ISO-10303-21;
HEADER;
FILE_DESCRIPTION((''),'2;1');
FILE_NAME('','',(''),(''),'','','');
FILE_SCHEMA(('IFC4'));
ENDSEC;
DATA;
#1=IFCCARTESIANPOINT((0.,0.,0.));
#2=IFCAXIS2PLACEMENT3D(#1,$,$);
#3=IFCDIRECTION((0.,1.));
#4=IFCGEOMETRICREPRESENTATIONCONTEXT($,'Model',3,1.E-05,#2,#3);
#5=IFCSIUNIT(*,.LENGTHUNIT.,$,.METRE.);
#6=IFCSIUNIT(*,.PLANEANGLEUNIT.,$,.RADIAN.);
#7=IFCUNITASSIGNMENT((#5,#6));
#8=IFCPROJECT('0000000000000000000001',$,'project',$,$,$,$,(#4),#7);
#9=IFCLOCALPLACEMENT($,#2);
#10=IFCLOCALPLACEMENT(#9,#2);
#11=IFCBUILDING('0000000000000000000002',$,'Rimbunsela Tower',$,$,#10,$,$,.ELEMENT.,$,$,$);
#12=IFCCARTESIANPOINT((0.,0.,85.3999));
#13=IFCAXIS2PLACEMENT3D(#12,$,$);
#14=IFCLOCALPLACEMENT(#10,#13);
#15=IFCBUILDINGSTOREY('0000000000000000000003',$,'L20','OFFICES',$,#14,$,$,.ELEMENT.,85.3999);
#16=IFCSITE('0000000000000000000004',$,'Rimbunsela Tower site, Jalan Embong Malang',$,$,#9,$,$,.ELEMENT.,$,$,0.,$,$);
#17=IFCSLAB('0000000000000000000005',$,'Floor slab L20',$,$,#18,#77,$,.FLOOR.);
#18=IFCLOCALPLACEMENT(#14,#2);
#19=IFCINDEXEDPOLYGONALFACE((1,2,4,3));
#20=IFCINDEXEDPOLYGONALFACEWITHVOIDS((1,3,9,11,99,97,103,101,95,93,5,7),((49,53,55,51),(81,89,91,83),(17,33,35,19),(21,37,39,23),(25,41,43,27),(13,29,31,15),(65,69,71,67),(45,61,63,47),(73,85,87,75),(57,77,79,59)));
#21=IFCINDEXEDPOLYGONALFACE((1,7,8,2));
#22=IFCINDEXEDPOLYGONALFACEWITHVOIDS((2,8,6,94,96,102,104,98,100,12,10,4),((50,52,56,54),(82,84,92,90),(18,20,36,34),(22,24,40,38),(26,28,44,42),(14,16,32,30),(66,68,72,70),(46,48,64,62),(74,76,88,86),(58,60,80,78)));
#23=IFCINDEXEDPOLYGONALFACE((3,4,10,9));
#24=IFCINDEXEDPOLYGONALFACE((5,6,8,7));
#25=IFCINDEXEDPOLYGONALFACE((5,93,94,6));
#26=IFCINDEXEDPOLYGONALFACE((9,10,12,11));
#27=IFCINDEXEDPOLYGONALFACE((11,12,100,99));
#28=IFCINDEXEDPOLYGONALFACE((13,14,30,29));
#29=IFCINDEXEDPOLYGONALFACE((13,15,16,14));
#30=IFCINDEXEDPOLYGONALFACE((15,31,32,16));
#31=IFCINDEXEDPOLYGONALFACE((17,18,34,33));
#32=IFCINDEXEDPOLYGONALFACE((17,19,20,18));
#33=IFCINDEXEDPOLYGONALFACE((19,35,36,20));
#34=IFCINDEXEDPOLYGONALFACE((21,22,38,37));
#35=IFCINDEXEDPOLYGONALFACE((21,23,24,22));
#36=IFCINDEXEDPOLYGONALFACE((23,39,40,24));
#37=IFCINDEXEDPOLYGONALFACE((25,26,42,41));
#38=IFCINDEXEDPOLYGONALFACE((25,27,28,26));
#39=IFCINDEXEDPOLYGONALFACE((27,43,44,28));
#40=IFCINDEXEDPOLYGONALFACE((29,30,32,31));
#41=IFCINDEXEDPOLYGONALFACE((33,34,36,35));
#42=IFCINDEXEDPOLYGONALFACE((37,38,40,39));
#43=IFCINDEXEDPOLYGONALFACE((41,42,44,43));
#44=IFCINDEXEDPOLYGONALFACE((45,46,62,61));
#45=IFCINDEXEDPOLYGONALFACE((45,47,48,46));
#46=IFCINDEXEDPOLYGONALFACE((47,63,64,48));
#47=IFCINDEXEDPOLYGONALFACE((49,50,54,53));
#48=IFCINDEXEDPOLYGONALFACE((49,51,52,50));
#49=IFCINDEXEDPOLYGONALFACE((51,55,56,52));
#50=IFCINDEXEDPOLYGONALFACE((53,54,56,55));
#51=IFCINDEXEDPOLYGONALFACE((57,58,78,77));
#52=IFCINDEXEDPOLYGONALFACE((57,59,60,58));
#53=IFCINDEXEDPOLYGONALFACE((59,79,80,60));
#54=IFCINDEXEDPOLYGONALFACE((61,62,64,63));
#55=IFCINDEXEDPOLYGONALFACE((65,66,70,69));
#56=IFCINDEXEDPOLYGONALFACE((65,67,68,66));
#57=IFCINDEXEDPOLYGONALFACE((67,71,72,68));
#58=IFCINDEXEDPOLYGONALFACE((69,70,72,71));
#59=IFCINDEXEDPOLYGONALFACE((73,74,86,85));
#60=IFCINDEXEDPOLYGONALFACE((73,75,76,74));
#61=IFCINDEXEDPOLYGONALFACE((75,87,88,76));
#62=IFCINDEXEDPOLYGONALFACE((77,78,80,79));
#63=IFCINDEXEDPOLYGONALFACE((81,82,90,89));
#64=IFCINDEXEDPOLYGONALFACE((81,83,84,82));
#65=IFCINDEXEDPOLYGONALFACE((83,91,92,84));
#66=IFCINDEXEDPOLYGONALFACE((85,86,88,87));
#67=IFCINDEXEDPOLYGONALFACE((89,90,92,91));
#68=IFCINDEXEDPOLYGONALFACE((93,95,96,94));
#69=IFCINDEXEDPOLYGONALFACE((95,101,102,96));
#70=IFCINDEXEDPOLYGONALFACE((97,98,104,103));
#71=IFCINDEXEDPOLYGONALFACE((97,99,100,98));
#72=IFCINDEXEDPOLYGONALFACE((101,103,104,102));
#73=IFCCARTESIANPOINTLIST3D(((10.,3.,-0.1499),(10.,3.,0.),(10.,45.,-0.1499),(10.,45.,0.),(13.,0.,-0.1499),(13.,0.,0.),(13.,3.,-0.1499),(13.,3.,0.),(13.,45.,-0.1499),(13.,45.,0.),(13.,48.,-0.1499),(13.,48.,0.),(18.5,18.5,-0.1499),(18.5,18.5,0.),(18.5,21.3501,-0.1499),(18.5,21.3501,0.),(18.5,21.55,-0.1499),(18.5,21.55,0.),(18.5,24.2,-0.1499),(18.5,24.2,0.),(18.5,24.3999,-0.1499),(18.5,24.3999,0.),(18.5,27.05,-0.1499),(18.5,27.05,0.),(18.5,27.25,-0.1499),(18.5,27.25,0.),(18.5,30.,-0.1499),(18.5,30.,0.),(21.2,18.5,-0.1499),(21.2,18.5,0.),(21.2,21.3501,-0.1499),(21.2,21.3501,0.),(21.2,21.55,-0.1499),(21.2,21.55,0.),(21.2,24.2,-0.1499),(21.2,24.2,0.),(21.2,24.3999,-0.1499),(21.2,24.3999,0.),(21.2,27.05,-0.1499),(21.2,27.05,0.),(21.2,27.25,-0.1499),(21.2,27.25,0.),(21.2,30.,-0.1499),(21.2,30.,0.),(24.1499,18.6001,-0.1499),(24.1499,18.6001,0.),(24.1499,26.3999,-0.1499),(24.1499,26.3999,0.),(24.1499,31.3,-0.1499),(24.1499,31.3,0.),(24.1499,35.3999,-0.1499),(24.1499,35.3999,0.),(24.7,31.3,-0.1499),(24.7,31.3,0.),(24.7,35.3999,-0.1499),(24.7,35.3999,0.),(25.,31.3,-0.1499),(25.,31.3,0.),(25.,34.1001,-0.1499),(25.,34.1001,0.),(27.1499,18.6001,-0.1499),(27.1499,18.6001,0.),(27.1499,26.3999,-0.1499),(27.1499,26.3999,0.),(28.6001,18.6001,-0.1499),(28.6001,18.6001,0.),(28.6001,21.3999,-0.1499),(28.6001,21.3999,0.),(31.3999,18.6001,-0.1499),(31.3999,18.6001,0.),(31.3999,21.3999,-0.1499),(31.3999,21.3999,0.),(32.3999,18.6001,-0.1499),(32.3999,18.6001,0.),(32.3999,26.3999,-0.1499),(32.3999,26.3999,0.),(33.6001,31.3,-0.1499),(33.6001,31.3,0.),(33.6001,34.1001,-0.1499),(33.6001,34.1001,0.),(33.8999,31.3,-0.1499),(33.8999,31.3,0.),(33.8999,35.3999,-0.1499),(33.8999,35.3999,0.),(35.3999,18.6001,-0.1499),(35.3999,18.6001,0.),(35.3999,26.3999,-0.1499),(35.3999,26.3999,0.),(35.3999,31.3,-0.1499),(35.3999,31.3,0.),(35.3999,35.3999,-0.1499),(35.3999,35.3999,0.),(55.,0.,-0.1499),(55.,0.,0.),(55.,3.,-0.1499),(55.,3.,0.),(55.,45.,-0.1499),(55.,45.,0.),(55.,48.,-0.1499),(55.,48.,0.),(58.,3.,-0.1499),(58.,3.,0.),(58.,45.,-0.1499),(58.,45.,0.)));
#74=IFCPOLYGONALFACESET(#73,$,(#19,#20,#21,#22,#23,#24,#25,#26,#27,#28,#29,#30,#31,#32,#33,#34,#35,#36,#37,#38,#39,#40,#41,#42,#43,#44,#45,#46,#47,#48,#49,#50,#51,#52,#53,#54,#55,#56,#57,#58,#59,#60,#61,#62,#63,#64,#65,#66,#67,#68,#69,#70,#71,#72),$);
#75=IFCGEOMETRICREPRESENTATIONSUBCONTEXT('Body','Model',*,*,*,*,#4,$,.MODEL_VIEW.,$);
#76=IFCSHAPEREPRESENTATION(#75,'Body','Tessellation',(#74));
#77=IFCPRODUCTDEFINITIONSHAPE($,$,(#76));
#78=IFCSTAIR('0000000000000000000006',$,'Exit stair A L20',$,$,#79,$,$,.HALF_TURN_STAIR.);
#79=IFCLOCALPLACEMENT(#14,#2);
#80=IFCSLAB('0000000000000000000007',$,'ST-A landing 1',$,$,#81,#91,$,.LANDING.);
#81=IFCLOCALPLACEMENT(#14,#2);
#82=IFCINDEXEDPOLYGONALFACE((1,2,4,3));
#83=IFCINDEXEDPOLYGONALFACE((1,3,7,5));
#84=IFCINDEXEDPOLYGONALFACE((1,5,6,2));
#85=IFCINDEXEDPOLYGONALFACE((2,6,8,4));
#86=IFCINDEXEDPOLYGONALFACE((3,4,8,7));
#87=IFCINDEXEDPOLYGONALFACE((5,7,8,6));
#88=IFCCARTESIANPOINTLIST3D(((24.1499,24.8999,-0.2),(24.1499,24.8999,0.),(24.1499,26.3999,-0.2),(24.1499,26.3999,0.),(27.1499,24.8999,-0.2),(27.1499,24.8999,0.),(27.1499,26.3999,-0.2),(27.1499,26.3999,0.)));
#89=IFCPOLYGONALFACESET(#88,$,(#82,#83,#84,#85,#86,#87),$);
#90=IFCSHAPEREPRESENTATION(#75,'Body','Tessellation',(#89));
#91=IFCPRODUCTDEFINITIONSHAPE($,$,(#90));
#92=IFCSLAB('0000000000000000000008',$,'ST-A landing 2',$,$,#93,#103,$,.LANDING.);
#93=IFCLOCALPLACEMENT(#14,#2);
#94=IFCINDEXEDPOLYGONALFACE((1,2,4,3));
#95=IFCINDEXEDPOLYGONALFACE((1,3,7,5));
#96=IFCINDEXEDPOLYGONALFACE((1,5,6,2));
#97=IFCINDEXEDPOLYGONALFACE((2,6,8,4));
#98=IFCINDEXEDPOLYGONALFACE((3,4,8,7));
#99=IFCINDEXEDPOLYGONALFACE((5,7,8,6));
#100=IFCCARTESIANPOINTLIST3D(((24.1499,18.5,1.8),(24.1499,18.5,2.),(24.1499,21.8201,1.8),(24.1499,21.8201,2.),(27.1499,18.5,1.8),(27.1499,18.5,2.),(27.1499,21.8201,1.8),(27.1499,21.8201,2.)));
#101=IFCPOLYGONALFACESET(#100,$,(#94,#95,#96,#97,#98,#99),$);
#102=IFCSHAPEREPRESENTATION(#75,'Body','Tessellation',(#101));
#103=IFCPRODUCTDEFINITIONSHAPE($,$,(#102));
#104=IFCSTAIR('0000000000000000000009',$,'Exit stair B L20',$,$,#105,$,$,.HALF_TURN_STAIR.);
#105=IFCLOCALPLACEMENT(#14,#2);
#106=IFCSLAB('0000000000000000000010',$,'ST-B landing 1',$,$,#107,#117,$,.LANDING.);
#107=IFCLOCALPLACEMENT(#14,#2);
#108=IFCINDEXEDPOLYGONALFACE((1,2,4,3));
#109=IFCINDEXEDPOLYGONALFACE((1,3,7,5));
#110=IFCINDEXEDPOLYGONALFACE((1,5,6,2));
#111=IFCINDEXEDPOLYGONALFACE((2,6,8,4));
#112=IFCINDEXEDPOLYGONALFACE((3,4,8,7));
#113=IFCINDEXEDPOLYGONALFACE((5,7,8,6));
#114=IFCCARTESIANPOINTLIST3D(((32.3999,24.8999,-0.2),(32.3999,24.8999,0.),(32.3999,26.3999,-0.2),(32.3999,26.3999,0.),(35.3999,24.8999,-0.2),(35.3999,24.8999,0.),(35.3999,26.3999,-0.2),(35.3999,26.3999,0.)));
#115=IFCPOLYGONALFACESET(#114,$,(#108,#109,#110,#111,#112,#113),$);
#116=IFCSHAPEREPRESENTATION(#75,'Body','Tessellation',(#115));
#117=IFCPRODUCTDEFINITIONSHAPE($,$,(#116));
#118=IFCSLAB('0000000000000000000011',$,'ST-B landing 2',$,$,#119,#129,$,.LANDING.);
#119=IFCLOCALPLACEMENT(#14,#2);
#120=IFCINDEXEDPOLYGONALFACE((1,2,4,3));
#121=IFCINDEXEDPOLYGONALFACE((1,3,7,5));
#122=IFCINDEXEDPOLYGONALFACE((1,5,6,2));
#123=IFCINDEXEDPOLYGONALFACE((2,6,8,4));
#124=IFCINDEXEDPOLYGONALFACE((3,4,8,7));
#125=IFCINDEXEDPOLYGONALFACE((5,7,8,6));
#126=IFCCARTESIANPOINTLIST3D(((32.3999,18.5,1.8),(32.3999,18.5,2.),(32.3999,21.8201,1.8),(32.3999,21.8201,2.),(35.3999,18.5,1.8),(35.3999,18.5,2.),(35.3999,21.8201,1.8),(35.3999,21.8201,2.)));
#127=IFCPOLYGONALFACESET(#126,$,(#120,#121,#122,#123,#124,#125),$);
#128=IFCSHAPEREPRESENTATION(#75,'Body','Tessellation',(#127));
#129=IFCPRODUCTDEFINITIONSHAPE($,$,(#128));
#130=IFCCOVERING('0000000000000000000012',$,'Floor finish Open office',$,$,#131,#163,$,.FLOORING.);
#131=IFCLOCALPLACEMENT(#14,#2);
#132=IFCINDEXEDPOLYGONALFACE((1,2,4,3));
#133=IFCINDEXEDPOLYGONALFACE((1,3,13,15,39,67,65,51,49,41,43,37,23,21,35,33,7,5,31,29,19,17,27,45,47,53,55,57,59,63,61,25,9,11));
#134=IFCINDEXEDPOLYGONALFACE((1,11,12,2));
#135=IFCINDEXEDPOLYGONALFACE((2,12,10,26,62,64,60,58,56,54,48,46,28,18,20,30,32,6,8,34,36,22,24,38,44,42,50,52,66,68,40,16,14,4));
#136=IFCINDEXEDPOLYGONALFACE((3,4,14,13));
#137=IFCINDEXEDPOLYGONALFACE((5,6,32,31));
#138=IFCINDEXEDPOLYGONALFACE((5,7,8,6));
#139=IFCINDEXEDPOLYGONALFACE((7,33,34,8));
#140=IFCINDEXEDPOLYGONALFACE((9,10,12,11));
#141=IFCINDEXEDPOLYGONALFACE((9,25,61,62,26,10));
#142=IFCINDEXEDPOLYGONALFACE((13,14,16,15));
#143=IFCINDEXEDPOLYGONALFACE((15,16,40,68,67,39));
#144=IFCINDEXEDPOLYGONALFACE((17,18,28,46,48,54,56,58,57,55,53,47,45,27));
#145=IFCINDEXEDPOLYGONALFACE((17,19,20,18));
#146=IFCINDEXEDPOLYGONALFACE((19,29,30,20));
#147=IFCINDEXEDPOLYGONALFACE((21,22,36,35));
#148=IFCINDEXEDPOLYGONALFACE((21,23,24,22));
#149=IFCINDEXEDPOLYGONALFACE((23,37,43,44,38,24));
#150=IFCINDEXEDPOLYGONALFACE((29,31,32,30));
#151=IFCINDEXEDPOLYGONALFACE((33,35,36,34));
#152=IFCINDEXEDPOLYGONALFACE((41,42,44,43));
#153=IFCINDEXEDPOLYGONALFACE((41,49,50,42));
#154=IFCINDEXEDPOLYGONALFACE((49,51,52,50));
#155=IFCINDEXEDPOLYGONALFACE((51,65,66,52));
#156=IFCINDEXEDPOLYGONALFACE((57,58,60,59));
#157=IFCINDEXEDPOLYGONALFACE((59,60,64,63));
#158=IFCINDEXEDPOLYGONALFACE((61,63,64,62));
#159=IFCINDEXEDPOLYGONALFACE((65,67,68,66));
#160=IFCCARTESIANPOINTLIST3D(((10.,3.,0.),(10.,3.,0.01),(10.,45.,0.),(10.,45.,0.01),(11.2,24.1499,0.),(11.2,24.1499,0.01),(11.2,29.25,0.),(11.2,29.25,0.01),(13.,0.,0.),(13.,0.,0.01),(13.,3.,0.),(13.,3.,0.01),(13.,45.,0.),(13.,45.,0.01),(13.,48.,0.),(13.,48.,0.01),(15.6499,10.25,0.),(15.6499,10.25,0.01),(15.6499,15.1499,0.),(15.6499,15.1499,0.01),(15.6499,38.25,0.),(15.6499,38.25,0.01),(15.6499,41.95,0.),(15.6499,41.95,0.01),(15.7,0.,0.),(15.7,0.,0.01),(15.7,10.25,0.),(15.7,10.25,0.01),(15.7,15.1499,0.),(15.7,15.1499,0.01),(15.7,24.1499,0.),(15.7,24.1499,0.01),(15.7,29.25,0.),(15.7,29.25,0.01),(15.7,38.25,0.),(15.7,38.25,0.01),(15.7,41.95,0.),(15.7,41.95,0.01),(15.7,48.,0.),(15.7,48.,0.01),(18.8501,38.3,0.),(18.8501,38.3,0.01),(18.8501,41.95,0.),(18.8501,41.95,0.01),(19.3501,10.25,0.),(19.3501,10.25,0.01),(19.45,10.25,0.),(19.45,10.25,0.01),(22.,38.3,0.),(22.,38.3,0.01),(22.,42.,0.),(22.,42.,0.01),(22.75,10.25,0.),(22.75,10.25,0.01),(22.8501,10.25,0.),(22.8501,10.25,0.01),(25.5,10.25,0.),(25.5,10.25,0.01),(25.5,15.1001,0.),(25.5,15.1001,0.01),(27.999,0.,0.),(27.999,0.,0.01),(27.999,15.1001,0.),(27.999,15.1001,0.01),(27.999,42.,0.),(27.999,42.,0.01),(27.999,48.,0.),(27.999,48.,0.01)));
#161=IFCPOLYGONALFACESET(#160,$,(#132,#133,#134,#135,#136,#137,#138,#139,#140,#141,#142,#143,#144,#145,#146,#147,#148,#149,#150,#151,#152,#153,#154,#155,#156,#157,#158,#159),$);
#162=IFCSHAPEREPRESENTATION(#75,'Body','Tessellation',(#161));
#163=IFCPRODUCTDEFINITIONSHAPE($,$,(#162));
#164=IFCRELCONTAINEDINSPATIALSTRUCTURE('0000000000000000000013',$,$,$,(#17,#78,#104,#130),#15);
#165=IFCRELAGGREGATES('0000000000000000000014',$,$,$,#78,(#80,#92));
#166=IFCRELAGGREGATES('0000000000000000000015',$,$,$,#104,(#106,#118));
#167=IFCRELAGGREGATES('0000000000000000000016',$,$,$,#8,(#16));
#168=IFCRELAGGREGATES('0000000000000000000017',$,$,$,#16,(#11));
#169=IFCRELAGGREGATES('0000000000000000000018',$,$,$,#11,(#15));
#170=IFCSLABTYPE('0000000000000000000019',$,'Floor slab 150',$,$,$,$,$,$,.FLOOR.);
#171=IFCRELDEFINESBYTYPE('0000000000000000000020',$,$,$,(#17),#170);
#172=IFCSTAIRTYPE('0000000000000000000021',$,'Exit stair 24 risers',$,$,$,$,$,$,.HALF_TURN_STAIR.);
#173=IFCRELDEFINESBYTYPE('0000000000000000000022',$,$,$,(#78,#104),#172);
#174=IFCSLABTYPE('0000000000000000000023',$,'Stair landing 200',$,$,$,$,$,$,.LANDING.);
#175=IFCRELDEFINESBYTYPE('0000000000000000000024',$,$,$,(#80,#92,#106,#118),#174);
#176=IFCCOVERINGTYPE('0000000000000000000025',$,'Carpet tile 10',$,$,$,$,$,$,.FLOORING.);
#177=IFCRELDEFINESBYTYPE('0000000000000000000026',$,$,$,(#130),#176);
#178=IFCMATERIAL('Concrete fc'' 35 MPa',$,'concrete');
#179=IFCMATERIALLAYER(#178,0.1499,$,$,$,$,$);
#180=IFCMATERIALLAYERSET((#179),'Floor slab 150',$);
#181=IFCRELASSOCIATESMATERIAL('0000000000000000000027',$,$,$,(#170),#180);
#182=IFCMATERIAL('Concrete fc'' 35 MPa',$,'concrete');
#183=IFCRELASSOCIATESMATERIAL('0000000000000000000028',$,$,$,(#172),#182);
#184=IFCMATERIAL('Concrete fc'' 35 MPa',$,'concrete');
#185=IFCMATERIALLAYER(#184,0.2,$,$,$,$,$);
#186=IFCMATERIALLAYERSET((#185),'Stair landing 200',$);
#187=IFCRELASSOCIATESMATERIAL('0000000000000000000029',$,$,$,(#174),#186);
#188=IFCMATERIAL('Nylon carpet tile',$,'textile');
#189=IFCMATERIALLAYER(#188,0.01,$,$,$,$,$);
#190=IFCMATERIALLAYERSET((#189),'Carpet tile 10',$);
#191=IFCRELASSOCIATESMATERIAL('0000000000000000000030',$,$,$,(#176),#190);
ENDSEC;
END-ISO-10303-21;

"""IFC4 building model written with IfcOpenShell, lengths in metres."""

from ifc_helpers import new_model, si_unit, direction, frame, origin, place, context, subcontext, project, spatial, polyline, outline, extrude, material, layer, layer_set, type_object, element, aggregate, save


model = new_model("IFC4")

# Units and contexts
model_context = context("Model", 3, precision=1e-05, world=origin(), true_north=direction((0.0, 1.0)))
body_context = subcontext(model_context, "Body", "Model", "MODEL_VIEW")
ifc_project = project(units=[si_unit("LENGTHUNIT", "METRE"), si_unit("PLANEANGLEUNIT", "RADIAN")], contexts=[model_context])

# Site, building, storey
site_placement = place(None, origin())
site = spatial("IfcSite", under=ifc_project, at=site_placement, Name="Rimbunsela Tower site, Jalan Embong Malang", CompositionType="ELEMENT", RefElevation=0.0)
building_placement = place(site_placement, origin())
building = spatial("IfcBuilding", under=site, at=building_placement, Name="Rimbunsela Tower", CompositionType="ELEMENT")
storey_placement = place(building_placement, frame((0.0, 0.0, 85.3999)))
storey = spatial("IfcBuildingStorey", under=building, at=storey_placement, Name="L20", Description="OFFICES", CompositionType="ELEMENT", Elevation=85.3999)

# Slab
ifc_material_1 = material(Name="Concrete fc' 35 MPa", Category="concrete")
ifc_layer_1 = layer(ifc_material_1, 0.1499)
ifc_layer_set_1 = layer_set([ifc_layer_1], Name="Floor slab 150")
slab_type_1 = type_object("IfcSlabType", Name="Floor slab 150", PredefinedType="FLOOR", material=ifc_layer_set_1)
slab_1_placement = place(storey_placement, frame((0.0, 0.0, -0.1499)))
element("IfcSlab", 1, at=slab_1_placement, inside=storey, type_object=slab_type_1, Name="Floor slab L20", PredefinedType="FLOOR", context=body_context, shape_type="SweptSolid", body=[
    extrude(outline(polyline([(13.0, 0.0), (55.0, 0.0), (55.0, 3.0), (58.0, 3.0), (58.0, 45.0), (55.0, 45.0), (55.0, 48.0), (13.0, 48.0), (13.0, 45.0), (10.0, 45.0), (10.0, 3.0), (13.0, 3.0), (13.0, 0.0)]), holes=[polyline([(21.2, 21.3501), (18.5, 21.3501), (18.5, 18.5), (21.2, 18.5), (21.2, 21.3501)]), polyline([(21.2, 21.55), (21.2, 24.2), (18.5, 24.2), (18.5, 21.55), (21.2, 21.55)]), polyline([(21.2, 27.05), (18.5, 27.05), (18.5, 24.3999), (21.2, 24.3999), (21.2, 27.05)]), polyline([(21.2, 27.25), (21.2, 30.0), (18.5, 30.0), (18.5, 27.25), (21.2, 27.25)]), polyline([(27.1499, 18.6001), (27.1499, 26.3999), (24.1499, 26.3999), (24.1499, 18.6001), (27.1499, 18.6001)]), polyline([(24.7, 31.3), (24.7, 35.3999), (24.1499, 35.3999), (24.1499, 31.3), (24.7, 31.3)]), polyline([(25.0, 34.1001), (25.0, 31.3), (33.6001, 31.3), (33.6001, 34.1001), (25.0, 34.1001)]), polyline([(31.3999, 21.3999), (28.6001, 21.3999), (28.6001, 18.6001), (31.3999, 18.6001), (31.3999, 21.3999)]), polyline([(35.3999, 18.6001), (35.3999, 26.3999), (32.3999, 26.3999), (32.3999, 18.6001), (35.3999, 18.6001)]), polyline([(35.3999, 31.3), (35.3999, 35.3999), (33.8999, 35.3999), (33.8999, 31.3), (35.3999, 31.3)])]), origin(), (0.0, 0.0, 1.0), 0.1499),
])

# Stairs, slabs
ifc_material_2 = material(Name="Concrete fc' 35 MPa", Category="concrete")
stair_type = type_object("IfcStairType", Name="Exit stair 24 risers", PredefinedType="HALF_TURN_STAIR", material=ifc_material_2)
stair_1_placement = place(storey_placement, origin())
stair_1 = element("IfcStair", 2, at=stair_1_placement, inside=storey, type_object=stair_type, Name="Exit stair A L20", PredefinedType="HALF_TURN_STAIR")
ifc_material_3 = material(Name="Concrete fc' 35 MPa", Category="concrete")
ifc_layer_2 = layer(ifc_material_3, 0.2)
ifc_layer_set_2 = layer_set([ifc_layer_2], Name="Stair landing 200")
slab_type_2 = type_object("IfcSlabType", Name="Stair landing 200", PredefinedType="LANDING", material=ifc_layer_set_2)
slab_2_placement = place(storey_placement, frame((0.0, 0.0, -0.2)))
slab_2 = element("IfcSlab", 3, at=slab_2_placement, type_object=slab_type_2, Name="ST-A landing 1", PredefinedType="LANDING", context=body_context, shape_type="SweptSolid", body=[
    extrude(outline(polyline([(24.1499, 24.8999), (27.1499, 24.8999), (27.1499, 26.3999), (24.1499, 26.3999), (24.1499, 24.8999)])), origin(), (0.0, 0.0, 1.0), 0.2),
])
slab_3_placement = place(storey_placement, frame((0.0, 0.0, 1.8)))
slab_3 = element("IfcSlab", 4, at=slab_3_placement, type_object=slab_type_2, Name="ST-A landing 2", PredefinedType="LANDING", context=body_context, shape_type="SweptSolid", body=[
    extrude(outline(polyline([(24.1499, 18.5), (27.1499, 18.5), (27.1499, 21.8201), (24.1499, 21.8201), (24.1499, 18.5)])), origin(), (0.0, 0.0, 1.0), 0.2),
])
aggregate(stair_1, [slab_2, slab_3])
stair_2_placement = place(storey_placement, origin())
stair_2 = element("IfcStair", 5, at=stair_2_placement, inside=storey, type_object=stair_type, Name="Exit stair B L20", PredefinedType="HALF_TURN_STAIR")
slab_4_placement = place(storey_placement, frame((0.0, 0.0, -0.2)))
slab_4 = element("IfcSlab", 6, at=slab_4_placement, type_object=slab_type_2, Name="ST-B landing 1", PredefinedType="LANDING", context=body_context, shape_type="SweptSolid", body=[
    extrude(outline(polyline([(32.3999, 24.8999), (35.3999, 24.8999), (35.3999, 26.3999), (32.3999, 26.3999), (32.3999, 24.8999)])), origin(), (0.0, 0.0, 1.0), 0.2),
])
slab_5_placement = place(storey_placement, frame((0.0, 0.0, 1.8)))
slab_5 = element("IfcSlab", 7, at=slab_5_placement, type_object=slab_type_2, Name="ST-B landing 2", PredefinedType="LANDING", context=body_context, shape_type="SweptSolid", body=[
    extrude(outline(polyline([(32.3999, 18.5), (35.3999, 18.5), (35.3999, 21.8201), (32.3999, 21.8201), (32.3999, 18.5)])), origin(), (0.0, 0.0, 1.0), 0.2),
])
aggregate(stair_2, [slab_4, slab_5])

# Covering
ifc_material_4 = material(Name="Nylon carpet tile", Category="textile")
ifc_layer_3 = layer(ifc_material_4, 0.01)
ifc_layer_set_3 = layer_set([ifc_layer_3], Name="Carpet tile 10")
covering_type_1 = type_object("IfcCoveringType", Name="Carpet tile 10", PredefinedType="FLOORING", material=ifc_layer_set_3)
covering_1_placement = place(storey_placement, origin())
element("IfcCovering", 8, at=covering_1_placement, inside=storey, type_object=covering_type_1, Name="Floor finish Open office", PredefinedType="FLOORING", context=body_context, shape_type="SweptSolid", body=[
    extrude(outline(polyline([(19.45, 10.25), (22.75, 10.25), (22.8501, 10.25), (25.5, 10.25), (25.5, 15.1001), (27.999, 15.1001), (27.999, 0.0), (15.7, 0.0), (13.0, 0.0), (13.0, 3.0), (10.0, 3.0), (10.0, 45.0), (13.0, 45.0), (13.0, 48.0), (15.7, 48.0), (27.999, 48.0), (27.999, 42.0), (22.0, 42.0), (22.0, 38.3), (18.8501, 38.3), (18.8501, 41.95), (15.7, 41.95), (15.6499, 41.95), (15.6499, 38.25), (15.7, 38.25), (15.7, 29.25), (11.2, 29.25), (11.2, 24.1499), (15.7, 24.1499), (15.7, 15.1499), (15.6499, 15.1499), (15.6499, 10.25), (15.7, 10.25), (19.3501, 10.25), (19.45, 10.25)])), origin(), (0.0, 0.0, 1.0), 0.01),
])

save(model, "model.ifc")
